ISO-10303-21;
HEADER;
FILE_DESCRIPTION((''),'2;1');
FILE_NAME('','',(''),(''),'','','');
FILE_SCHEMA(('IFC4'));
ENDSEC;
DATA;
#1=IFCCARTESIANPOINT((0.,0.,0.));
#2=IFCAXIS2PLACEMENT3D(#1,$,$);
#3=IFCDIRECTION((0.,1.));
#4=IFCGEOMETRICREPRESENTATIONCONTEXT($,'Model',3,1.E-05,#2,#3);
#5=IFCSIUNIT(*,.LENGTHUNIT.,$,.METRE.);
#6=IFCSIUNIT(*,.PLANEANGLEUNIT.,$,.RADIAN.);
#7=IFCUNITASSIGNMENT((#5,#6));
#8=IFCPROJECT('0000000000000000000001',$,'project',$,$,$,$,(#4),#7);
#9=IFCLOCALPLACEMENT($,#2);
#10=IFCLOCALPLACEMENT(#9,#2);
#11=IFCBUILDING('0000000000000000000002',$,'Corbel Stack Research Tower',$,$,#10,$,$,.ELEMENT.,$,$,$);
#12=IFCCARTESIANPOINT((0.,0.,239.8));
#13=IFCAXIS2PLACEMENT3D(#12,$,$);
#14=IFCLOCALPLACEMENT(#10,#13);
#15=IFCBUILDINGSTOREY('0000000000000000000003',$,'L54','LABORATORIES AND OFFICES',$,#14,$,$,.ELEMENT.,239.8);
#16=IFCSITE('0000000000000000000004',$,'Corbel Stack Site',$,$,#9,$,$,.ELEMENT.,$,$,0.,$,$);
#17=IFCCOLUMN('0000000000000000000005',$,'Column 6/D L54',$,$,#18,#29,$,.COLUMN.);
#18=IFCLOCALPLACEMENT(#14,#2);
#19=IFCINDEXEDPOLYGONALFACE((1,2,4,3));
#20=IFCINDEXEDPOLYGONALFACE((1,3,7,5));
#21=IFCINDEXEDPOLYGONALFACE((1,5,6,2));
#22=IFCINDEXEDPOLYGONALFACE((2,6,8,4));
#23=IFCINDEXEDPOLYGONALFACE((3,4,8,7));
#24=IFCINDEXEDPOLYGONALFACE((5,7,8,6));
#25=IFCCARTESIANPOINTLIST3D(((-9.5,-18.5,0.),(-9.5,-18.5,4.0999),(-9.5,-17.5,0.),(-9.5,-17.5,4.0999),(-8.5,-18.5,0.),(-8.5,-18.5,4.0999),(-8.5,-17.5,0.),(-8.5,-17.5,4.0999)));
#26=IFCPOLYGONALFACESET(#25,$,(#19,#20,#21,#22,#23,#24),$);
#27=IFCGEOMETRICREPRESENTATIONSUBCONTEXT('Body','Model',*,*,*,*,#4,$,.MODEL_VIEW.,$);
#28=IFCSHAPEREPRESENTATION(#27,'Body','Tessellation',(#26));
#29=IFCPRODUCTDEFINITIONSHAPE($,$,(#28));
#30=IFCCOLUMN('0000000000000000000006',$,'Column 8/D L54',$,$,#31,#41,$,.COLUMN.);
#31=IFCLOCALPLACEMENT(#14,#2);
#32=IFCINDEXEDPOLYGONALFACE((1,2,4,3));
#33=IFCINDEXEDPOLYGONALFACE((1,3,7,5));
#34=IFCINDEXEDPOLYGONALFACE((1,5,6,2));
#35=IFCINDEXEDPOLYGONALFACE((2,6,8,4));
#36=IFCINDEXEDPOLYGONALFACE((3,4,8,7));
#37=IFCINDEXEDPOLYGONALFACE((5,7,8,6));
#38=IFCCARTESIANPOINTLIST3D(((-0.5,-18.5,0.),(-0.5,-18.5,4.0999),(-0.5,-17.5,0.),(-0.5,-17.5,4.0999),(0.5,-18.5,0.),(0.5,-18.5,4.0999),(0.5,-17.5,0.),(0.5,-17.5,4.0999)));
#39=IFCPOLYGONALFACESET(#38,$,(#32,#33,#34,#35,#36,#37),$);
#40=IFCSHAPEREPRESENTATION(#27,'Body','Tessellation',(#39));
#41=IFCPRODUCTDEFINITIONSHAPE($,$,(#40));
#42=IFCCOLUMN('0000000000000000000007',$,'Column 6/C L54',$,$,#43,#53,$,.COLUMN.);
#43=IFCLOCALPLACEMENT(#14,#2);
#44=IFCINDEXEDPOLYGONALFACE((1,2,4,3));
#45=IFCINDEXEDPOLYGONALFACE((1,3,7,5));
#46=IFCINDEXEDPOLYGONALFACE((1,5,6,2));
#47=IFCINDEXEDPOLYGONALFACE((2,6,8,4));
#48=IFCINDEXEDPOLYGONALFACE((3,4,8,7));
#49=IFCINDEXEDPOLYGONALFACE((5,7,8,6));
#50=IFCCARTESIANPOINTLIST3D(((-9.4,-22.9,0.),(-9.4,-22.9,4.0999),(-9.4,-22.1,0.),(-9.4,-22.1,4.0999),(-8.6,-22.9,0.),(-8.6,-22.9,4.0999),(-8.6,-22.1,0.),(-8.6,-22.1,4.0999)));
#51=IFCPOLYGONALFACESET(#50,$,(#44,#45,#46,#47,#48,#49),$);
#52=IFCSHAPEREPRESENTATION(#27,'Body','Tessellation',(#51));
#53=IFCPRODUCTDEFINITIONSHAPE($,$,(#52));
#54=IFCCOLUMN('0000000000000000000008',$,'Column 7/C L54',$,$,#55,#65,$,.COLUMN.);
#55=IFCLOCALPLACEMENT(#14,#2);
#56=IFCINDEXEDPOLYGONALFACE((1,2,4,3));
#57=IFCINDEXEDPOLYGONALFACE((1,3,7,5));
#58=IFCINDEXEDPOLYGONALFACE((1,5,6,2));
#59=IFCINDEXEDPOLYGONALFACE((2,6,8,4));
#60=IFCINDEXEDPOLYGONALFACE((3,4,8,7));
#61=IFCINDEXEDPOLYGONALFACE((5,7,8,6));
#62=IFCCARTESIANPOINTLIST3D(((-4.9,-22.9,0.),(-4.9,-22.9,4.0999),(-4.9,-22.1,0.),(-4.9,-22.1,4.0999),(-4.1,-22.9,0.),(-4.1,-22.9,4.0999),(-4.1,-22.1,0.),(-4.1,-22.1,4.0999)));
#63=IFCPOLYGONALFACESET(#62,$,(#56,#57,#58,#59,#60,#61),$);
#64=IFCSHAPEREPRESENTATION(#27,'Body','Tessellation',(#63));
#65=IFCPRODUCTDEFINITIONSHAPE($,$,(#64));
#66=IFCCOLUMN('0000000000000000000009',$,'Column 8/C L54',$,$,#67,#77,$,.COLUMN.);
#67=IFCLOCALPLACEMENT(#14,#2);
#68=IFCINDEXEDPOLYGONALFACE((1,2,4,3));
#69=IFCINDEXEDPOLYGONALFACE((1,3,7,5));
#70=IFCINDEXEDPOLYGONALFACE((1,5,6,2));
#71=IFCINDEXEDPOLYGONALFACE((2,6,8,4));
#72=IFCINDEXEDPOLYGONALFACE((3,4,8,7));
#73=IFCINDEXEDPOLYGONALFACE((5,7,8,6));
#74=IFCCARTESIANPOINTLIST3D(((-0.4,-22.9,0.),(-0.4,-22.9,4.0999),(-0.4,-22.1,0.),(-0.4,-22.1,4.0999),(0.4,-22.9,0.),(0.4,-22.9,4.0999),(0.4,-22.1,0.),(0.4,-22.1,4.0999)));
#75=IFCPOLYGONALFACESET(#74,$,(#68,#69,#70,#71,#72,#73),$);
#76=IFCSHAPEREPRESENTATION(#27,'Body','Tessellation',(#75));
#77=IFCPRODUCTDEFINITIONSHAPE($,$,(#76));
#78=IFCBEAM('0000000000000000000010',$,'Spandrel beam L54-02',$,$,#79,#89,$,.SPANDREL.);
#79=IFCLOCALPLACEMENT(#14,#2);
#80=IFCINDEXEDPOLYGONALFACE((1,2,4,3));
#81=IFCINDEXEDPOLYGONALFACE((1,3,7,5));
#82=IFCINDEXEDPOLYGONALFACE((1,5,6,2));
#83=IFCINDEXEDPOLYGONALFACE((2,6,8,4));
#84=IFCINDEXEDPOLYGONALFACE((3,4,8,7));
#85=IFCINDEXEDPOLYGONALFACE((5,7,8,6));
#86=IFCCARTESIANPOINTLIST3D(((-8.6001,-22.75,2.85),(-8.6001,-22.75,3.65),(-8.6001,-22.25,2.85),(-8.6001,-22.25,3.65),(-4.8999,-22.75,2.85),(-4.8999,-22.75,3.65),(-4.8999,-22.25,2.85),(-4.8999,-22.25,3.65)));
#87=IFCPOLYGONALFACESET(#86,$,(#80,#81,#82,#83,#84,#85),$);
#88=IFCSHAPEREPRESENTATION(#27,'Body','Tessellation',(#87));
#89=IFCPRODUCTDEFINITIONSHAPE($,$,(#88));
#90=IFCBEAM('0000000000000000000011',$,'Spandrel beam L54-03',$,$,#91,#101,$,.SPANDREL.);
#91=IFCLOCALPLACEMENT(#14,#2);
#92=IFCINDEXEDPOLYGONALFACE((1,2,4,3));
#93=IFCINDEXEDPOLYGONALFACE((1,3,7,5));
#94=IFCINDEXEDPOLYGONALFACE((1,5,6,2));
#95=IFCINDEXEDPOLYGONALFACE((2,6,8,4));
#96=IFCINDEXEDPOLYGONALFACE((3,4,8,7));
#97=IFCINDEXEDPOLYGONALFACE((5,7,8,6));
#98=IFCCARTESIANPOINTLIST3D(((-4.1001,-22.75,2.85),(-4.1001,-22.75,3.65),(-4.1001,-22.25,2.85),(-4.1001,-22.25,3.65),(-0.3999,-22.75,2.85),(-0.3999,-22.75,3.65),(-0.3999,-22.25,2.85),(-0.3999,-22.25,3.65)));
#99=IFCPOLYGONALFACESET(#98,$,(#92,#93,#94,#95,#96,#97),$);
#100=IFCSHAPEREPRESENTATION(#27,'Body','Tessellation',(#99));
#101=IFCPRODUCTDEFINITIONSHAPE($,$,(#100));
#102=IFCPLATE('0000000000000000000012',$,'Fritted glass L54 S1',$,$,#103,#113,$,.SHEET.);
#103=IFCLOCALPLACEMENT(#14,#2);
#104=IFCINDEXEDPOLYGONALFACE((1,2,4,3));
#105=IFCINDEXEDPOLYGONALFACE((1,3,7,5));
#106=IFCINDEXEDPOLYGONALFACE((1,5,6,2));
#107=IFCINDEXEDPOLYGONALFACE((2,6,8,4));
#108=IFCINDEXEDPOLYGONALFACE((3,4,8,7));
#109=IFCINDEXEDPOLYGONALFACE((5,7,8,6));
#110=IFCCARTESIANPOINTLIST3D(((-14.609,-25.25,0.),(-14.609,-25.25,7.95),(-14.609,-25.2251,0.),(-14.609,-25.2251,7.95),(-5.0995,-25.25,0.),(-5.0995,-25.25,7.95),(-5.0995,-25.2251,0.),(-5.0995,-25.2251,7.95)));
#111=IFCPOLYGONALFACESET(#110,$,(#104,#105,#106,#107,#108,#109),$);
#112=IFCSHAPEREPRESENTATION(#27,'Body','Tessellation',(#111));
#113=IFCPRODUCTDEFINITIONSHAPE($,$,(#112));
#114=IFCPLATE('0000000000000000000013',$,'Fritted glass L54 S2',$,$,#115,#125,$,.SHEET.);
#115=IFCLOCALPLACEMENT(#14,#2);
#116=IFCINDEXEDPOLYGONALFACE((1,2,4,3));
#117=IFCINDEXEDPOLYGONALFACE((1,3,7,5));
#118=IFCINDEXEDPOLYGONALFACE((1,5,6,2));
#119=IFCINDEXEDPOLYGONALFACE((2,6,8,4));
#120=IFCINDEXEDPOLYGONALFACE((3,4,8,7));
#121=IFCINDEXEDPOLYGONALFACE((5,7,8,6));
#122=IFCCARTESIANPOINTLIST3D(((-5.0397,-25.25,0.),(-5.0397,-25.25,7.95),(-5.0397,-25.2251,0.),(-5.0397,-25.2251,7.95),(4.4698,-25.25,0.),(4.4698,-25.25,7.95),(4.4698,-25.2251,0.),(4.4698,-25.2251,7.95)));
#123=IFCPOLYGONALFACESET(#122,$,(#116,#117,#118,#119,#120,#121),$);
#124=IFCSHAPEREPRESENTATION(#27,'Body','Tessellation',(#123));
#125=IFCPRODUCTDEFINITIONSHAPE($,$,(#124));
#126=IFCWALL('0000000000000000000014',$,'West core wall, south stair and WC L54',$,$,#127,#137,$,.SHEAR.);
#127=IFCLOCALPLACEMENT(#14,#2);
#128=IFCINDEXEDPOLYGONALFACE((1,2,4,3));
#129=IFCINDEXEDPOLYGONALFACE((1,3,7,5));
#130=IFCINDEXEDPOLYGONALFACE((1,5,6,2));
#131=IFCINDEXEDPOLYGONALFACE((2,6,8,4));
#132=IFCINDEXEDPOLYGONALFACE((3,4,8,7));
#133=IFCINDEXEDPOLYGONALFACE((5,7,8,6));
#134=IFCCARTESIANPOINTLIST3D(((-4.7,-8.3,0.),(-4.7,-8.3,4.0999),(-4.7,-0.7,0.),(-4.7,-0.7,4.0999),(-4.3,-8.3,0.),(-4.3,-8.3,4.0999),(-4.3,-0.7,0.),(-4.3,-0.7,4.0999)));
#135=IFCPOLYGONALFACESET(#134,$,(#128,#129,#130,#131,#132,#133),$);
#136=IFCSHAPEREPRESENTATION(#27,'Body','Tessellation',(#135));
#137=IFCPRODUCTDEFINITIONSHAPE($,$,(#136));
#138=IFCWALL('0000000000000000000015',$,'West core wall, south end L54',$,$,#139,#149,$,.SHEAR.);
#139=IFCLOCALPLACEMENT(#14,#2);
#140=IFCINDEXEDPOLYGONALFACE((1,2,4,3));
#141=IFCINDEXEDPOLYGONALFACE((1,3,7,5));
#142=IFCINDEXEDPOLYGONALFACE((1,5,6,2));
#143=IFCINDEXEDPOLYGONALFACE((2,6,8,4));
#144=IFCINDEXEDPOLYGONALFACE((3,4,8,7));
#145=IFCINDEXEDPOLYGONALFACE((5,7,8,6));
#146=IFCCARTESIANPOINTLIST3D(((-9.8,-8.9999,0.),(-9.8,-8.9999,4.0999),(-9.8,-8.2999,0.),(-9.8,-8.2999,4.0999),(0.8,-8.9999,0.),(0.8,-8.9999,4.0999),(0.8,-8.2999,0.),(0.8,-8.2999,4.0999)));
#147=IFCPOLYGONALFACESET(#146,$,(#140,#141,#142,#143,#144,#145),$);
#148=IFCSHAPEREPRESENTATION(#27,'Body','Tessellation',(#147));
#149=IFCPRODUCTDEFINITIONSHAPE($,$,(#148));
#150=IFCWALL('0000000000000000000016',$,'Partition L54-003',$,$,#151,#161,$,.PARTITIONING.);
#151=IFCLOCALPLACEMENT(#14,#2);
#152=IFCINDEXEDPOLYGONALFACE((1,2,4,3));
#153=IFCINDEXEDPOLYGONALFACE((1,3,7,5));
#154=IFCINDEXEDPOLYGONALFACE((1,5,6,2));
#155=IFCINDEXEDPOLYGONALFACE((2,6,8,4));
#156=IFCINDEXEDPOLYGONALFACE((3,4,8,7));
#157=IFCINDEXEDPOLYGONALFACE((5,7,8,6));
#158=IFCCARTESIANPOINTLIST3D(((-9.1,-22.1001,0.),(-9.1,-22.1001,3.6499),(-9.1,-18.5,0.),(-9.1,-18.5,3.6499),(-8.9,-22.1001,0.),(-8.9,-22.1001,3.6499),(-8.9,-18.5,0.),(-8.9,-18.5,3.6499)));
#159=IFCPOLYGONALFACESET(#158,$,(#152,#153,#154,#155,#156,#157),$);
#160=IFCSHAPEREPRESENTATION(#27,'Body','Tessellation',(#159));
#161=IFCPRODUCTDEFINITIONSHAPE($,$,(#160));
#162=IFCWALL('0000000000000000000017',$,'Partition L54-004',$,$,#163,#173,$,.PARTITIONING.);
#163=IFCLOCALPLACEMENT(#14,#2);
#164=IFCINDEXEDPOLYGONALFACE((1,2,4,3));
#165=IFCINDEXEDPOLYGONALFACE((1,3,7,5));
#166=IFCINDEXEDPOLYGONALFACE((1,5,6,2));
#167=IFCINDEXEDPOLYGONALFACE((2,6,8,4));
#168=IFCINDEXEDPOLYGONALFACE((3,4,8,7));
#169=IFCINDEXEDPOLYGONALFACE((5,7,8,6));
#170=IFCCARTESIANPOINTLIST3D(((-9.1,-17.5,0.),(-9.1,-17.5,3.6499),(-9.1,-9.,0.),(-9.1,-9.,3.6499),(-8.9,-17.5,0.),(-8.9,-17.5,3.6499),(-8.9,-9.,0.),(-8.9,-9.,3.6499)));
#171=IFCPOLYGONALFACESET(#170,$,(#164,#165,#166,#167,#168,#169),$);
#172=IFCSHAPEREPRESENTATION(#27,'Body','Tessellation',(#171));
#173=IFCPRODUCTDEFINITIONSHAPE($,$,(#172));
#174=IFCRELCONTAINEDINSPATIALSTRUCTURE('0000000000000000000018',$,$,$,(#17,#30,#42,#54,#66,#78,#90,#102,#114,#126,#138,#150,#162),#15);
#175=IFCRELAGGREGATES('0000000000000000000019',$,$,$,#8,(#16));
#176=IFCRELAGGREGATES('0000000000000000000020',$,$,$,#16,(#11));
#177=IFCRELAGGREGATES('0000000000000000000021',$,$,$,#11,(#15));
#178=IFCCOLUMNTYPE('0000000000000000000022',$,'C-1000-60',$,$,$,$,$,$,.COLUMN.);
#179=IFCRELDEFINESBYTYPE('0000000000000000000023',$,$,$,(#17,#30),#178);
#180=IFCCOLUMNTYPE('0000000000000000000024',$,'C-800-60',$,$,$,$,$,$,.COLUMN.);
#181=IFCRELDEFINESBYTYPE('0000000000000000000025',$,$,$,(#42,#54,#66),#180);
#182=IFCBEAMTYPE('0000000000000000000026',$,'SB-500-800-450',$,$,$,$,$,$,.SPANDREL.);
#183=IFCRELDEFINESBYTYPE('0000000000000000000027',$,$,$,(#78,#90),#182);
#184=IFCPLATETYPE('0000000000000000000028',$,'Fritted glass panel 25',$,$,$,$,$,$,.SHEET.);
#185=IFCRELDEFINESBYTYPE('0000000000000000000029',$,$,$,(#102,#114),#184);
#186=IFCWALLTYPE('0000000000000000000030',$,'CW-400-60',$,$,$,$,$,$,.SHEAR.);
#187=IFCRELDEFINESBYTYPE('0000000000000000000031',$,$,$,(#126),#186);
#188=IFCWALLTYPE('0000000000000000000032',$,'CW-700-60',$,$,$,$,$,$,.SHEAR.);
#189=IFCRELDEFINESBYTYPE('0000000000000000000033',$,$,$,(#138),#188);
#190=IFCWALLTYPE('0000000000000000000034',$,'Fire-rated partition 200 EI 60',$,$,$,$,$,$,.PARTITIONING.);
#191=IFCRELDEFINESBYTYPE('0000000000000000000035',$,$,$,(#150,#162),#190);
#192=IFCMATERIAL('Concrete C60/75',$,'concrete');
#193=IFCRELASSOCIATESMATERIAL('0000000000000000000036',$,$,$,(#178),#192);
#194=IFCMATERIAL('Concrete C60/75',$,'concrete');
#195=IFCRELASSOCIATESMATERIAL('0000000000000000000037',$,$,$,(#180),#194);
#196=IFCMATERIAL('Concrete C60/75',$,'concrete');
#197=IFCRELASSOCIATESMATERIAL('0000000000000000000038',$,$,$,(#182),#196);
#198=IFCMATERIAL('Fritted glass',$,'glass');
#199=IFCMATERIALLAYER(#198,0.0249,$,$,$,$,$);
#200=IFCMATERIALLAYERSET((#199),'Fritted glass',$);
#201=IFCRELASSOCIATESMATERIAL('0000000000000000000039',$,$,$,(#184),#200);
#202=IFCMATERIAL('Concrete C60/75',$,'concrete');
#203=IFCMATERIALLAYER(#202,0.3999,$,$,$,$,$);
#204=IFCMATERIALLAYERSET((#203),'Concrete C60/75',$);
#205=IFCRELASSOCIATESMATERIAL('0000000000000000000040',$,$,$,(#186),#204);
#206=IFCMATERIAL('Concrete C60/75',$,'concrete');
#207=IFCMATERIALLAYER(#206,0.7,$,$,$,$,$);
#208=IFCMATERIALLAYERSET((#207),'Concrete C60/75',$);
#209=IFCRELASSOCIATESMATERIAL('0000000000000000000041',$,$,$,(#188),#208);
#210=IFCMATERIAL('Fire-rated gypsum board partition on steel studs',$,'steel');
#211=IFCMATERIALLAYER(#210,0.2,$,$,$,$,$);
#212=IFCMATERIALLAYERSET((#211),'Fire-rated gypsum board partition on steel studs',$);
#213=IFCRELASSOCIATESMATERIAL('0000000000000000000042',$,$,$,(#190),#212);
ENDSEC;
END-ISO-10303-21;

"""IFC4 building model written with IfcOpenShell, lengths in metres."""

from ifc_helpers import new_model, si_unit, direction, frame, frame_2d, origin, origin_2d, place, context, subcontext, project, spatial, rectangle, extrude, material, layer, layer_set, material_profile, profile_set, type_object, element, save


model = new_model("IFC4")

# Units and contexts
model_context = context("Model", 3, precision=1e-05, world=origin(), true_north=direction((0.0, 1.0)))
body_context = subcontext(model_context, "Body", "Model", "MODEL_VIEW")
ifc_project = project(units=[si_unit("LENGTHUNIT", "METRE"), si_unit("PLANEANGLEUNIT", "RADIAN")], contexts=[model_context])

# Site, building, storey
site_placement = place(None, origin())
site = spatial("IfcSite", under=ifc_project, at=site_placement, Name="Corbel Stack Site", CompositionType="ELEMENT", RefElevation=0.0)
building_placement = place(site_placement, origin())
building = spatial("IfcBuilding", under=site, at=building_placement, Name="Corbel Stack Research Tower", CompositionType="ELEMENT")
storey_placement = place(building_placement, frame((0.0, 0.0, 239.8)))
storey = spatial("IfcBuildingStorey", under=building, at=storey_placement, Name="L54", Description="LABORATORIES AND OFFICES", CompositionType="ELEMENT", Elevation=239.8)

# Columns
ifc_material_1 = material(Name="Concrete C60/75", Category="concrete")
ifc_material_profile_1 = material_profile(ifc_material_1, rectangle(XDim=1.0, YDim=1.0, at=origin_2d()), Name="RC 1000 x 1000")
ifc_profile_set_1 = profile_set([ifc_material_profile_1], Name="Concrete C60/75")
column_type_1 = type_object("IfcColumnType", Name="C-1000-60", PredefinedType="COLUMN", material=ifc_profile_set_1)
for number, where, z_axis, x_axis, name in (
    (1, (-9.0, -18.0, 0.0), (0.0, 0.0, 1.0), (1.0, 0.0, 0.0), "Column 6/D L54"),
    (2, (0.0, -18.0, 0.0), (0.0, 0.0, 1.0), (1.0, 0.0, 0.0), "Column 8/D L54"),
):
    element("IfcColumn", number, at=place(storey_placement, frame(where, z_axis=z_axis, x_axis=x_axis)), inside=storey, type_object=column_type_1, Name=name, PredefinedType="COLUMN", context=body_context, shape_type="SweptSolid", body=[
        extrude(rectangle(XDim=1.0, YDim=1.0, at=origin_2d()), origin(), (0.0, 0.0, 1.0), 4.0999),
    ])
ifc_material_2 = material(Name="Concrete C60/75", Category="concrete")
ifc_material_profile_2 = material_profile(ifc_material_2, rectangle(XDim=0.8, YDim=0.8, at=origin_2d()), Name="RC 800 x 800")
ifc_profile_set_2 = profile_set([ifc_material_profile_2], Name="Concrete C60/75")
column_type_2 = type_object("IfcColumnType", Name="C-800-60", PredefinedType="COLUMN", material=ifc_profile_set_2)
for number, where, z_axis, x_axis, name in (
    (3, (-9.0, -22.5, 0.0), (0.0, 0.0, 1.0), (1.0, 0.0, 0.0), "Column 6/C L54"),
    (4, (-4.5, -22.5, 0.0), (0.0, 0.0, 1.0), (1.0, 0.0, 0.0), "Column 7/C L54"),
    (5, (0.0, -22.5, 0.0), (0.0, 0.0, 1.0), (1.0, 0.0, 0.0), "Column 8/C L54"),
):
    element("IfcColumn", number, at=place(storey_placement, frame(where, z_axis=z_axis, x_axis=x_axis)), inside=storey, type_object=column_type_2, Name=name, PredefinedType="COLUMN", context=body_context, shape_type="SweptSolid", body=[
        extrude(rectangle(XDim=0.8, YDim=0.8, at=origin_2d()), origin(), (0.0, 0.0, 1.0), 4.0999),
    ])

# Beams
ifc_material_3 = material(Name="Concrete C60/75", Category="concrete")
ifc_material_profile_3 = material_profile(ifc_material_3, rectangle(XDim=0.5, YDim=0.8, at=origin_2d()), Name="RC 500 x 800")
ifc_profile_set_3 = profile_set([ifc_material_profile_3], Name="Concrete C60/75")
beam_type = type_object("IfcBeamType", Name="SB-500-800-450", PredefinedType="SPANDREL", material=ifc_profile_set_3)
for number, where, z_axis, x_axis, name in (
    (6, (-8.6001, -22.5, 3.25), (1.0, 0.0, 0.0), (0.0, 1.0, 0.0), "Spandrel beam L54-02"),
    (7, (-4.1001, -22.5, 3.25), (1.0, 0.0, 0.0), (0.0, 1.0, 0.0), "Spandrel beam L54-03"),
):
    element("IfcBeam", number, at=place(storey_placement, frame(where, z_axis=z_axis, x_axis=x_axis)), inside=storey, type_object=beam_type, Name=name, PredefinedType="SPANDREL", context=body_context, shape_type="SweptSolid", body=[
        extrude(rectangle(XDim=0.5, YDim=0.8, at=origin_2d()), origin(), (0.0, 0.0, 1.0), 3.7002),
    ])

# Plates
ifc_material_4 = material(Name="Fritted glass", Category="glass")
ifc_layer_1 = layer(ifc_material_4, 0.0249)
ifc_layer_set_1 = layer_set([ifc_layer_1], Name="Fritted glass")
plate_type = type_object("IfcPlateType", Name="Fritted glass panel 25", PredefinedType="SHEET", material=ifc_layer_set_1)
for number, where, z_axis, x_axis, name in (
    (8, (-9.8542, -25.2375, 0.0), (0.0, 0.0, 1.0), (1.0, 0.0, 0.0), "Fritted glass L54 S1"),
    (9, (-0.2849, -25.2375, 0.0), (0.0, 0.0, 1.0), (1.0, 0.0, 0.0), "Fritted glass L54 S2"),
):
    element("IfcPlate", number, at=place(storey_placement, frame(where, z_axis=z_axis, x_axis=x_axis)), inside=storey, type_object=plate_type, Name=name, PredefinedType="SHEET", context=body_context, shape_type="SweptSolid", body=[
        extrude(rectangle(XDim=9.5095, YDim=0.0249, at=origin_2d()), origin(), (0.0, 0.0, 1.0), 7.95),
    ])

# Wall
ifc_material_5 = material(Name="Concrete C60/75", Category="concrete")
ifc_layer_2 = layer(ifc_material_5, 0.3999)
ifc_layer_set_2 = layer_set([ifc_layer_2], Name="Concrete C60/75")
wall_type_1 = type_object("IfcWallType", Name="CW-400-60", PredefinedType="SHEAR", material=ifc_layer_set_2)
wall_1_placement = place(storey_placement, frame((-4.5, -8.3, 0.0), z_axis=(0.0, 0.0, 1.0), x_axis=(0.0, 1.0, 0.0)))
element("IfcWall", 10, at=wall_1_placement, inside=storey, type_object=wall_type_1, Name="West core wall, south stair and WC L54", PredefinedType="SHEAR", context=body_context, shape_type="SweptSolid", body=[
    extrude(rectangle(XDim=7.6001, YDim=0.3999, at=frame_2d((3.8, 0.0))), origin(), (0.0, 0.0, 1.0), 4.0999),
])

# Shared definitions
ifc_material_6 = material(Name="Concrete C60/75", Category="concrete")
ifc_layer_3 = layer(ifc_material_6, 0.7)
ifc_layer_set_3 = layer_set([ifc_layer_3], Name="Concrete C60/75")
wall_type_2 = type_object("IfcWallType", Name="CW-700-60", PredefinedType="SHEAR", material=ifc_layer_set_3)

# Walls
wall_2_placement = place(storey_placement, frame((-9.8, -8.6499, 0.0), z_axis=(0.0, 0.0, 1.0), x_axis=(1.0, 0.0, 0.0)))
element("IfcWall", 11, at=wall_2_placement, inside=storey, type_object=wall_type_2, Name="West core wall, south end L54", PredefinedType="SHEAR", context=body_context, shape_type="SweptSolid", body=[
    extrude(rectangle(XDim=10.6001, YDim=0.7, at=frame_2d((5.3, 0.0))), origin(), (0.0, 0.0, 1.0), 4.0999),
])
ifc_material_7 = material(Name="Fire-rated gypsum board partition on steel studs", Category="steel")
ifc_layer_4 = layer(ifc_material_7, 0.2)
ifc_layer_set_4 = layer_set([ifc_layer_4], Name="Fire-rated gypsum board partition on steel studs")
wall_type_3 = type_object("IfcWallType", Name="Fire-rated partition 200 EI 60", PredefinedType="PARTITIONING", material=ifc_layer_set_4)
wall_3_placement = place(storey_placement, frame((-9.0, -22.1001, 0.0), z_axis=(0.0, 0.0, 1.0), x_axis=(0.0, 1.0, 0.0)))
element("IfcWall", 12, at=wall_3_placement, inside=storey, type_object=wall_type_3, Name="Partition L54-003", PredefinedType="PARTITIONING", context=body_context, shape_type="SweptSolid", body=[
    extrude(rectangle(XDim=3.6001, YDim=0.2, at=frame_2d((1.8, 0.0))), origin(), (0.0, 0.0, 1.0), 3.6499),
])
wall_4_placement = place(storey_placement, frame((-9.0, -17.5, 0.0), z_axis=(0.0, 0.0, 1.0), x_axis=(0.0, 1.0, 0.0)))
element("IfcWall", 13, at=wall_4_placement, inside=storey, type_object=wall_type_3, Name="Partition L54-004", PredefinedType="PARTITIONING", context=body_context, shape_type="SweptSolid", body=[
    extrude(rectangle(XDim=8.5, YDim=0.2, at=frame_2d((4.25, 0.0))), origin(), (0.0, 0.0, 1.0), 3.6499),
])

save(model, "model.ifc")
